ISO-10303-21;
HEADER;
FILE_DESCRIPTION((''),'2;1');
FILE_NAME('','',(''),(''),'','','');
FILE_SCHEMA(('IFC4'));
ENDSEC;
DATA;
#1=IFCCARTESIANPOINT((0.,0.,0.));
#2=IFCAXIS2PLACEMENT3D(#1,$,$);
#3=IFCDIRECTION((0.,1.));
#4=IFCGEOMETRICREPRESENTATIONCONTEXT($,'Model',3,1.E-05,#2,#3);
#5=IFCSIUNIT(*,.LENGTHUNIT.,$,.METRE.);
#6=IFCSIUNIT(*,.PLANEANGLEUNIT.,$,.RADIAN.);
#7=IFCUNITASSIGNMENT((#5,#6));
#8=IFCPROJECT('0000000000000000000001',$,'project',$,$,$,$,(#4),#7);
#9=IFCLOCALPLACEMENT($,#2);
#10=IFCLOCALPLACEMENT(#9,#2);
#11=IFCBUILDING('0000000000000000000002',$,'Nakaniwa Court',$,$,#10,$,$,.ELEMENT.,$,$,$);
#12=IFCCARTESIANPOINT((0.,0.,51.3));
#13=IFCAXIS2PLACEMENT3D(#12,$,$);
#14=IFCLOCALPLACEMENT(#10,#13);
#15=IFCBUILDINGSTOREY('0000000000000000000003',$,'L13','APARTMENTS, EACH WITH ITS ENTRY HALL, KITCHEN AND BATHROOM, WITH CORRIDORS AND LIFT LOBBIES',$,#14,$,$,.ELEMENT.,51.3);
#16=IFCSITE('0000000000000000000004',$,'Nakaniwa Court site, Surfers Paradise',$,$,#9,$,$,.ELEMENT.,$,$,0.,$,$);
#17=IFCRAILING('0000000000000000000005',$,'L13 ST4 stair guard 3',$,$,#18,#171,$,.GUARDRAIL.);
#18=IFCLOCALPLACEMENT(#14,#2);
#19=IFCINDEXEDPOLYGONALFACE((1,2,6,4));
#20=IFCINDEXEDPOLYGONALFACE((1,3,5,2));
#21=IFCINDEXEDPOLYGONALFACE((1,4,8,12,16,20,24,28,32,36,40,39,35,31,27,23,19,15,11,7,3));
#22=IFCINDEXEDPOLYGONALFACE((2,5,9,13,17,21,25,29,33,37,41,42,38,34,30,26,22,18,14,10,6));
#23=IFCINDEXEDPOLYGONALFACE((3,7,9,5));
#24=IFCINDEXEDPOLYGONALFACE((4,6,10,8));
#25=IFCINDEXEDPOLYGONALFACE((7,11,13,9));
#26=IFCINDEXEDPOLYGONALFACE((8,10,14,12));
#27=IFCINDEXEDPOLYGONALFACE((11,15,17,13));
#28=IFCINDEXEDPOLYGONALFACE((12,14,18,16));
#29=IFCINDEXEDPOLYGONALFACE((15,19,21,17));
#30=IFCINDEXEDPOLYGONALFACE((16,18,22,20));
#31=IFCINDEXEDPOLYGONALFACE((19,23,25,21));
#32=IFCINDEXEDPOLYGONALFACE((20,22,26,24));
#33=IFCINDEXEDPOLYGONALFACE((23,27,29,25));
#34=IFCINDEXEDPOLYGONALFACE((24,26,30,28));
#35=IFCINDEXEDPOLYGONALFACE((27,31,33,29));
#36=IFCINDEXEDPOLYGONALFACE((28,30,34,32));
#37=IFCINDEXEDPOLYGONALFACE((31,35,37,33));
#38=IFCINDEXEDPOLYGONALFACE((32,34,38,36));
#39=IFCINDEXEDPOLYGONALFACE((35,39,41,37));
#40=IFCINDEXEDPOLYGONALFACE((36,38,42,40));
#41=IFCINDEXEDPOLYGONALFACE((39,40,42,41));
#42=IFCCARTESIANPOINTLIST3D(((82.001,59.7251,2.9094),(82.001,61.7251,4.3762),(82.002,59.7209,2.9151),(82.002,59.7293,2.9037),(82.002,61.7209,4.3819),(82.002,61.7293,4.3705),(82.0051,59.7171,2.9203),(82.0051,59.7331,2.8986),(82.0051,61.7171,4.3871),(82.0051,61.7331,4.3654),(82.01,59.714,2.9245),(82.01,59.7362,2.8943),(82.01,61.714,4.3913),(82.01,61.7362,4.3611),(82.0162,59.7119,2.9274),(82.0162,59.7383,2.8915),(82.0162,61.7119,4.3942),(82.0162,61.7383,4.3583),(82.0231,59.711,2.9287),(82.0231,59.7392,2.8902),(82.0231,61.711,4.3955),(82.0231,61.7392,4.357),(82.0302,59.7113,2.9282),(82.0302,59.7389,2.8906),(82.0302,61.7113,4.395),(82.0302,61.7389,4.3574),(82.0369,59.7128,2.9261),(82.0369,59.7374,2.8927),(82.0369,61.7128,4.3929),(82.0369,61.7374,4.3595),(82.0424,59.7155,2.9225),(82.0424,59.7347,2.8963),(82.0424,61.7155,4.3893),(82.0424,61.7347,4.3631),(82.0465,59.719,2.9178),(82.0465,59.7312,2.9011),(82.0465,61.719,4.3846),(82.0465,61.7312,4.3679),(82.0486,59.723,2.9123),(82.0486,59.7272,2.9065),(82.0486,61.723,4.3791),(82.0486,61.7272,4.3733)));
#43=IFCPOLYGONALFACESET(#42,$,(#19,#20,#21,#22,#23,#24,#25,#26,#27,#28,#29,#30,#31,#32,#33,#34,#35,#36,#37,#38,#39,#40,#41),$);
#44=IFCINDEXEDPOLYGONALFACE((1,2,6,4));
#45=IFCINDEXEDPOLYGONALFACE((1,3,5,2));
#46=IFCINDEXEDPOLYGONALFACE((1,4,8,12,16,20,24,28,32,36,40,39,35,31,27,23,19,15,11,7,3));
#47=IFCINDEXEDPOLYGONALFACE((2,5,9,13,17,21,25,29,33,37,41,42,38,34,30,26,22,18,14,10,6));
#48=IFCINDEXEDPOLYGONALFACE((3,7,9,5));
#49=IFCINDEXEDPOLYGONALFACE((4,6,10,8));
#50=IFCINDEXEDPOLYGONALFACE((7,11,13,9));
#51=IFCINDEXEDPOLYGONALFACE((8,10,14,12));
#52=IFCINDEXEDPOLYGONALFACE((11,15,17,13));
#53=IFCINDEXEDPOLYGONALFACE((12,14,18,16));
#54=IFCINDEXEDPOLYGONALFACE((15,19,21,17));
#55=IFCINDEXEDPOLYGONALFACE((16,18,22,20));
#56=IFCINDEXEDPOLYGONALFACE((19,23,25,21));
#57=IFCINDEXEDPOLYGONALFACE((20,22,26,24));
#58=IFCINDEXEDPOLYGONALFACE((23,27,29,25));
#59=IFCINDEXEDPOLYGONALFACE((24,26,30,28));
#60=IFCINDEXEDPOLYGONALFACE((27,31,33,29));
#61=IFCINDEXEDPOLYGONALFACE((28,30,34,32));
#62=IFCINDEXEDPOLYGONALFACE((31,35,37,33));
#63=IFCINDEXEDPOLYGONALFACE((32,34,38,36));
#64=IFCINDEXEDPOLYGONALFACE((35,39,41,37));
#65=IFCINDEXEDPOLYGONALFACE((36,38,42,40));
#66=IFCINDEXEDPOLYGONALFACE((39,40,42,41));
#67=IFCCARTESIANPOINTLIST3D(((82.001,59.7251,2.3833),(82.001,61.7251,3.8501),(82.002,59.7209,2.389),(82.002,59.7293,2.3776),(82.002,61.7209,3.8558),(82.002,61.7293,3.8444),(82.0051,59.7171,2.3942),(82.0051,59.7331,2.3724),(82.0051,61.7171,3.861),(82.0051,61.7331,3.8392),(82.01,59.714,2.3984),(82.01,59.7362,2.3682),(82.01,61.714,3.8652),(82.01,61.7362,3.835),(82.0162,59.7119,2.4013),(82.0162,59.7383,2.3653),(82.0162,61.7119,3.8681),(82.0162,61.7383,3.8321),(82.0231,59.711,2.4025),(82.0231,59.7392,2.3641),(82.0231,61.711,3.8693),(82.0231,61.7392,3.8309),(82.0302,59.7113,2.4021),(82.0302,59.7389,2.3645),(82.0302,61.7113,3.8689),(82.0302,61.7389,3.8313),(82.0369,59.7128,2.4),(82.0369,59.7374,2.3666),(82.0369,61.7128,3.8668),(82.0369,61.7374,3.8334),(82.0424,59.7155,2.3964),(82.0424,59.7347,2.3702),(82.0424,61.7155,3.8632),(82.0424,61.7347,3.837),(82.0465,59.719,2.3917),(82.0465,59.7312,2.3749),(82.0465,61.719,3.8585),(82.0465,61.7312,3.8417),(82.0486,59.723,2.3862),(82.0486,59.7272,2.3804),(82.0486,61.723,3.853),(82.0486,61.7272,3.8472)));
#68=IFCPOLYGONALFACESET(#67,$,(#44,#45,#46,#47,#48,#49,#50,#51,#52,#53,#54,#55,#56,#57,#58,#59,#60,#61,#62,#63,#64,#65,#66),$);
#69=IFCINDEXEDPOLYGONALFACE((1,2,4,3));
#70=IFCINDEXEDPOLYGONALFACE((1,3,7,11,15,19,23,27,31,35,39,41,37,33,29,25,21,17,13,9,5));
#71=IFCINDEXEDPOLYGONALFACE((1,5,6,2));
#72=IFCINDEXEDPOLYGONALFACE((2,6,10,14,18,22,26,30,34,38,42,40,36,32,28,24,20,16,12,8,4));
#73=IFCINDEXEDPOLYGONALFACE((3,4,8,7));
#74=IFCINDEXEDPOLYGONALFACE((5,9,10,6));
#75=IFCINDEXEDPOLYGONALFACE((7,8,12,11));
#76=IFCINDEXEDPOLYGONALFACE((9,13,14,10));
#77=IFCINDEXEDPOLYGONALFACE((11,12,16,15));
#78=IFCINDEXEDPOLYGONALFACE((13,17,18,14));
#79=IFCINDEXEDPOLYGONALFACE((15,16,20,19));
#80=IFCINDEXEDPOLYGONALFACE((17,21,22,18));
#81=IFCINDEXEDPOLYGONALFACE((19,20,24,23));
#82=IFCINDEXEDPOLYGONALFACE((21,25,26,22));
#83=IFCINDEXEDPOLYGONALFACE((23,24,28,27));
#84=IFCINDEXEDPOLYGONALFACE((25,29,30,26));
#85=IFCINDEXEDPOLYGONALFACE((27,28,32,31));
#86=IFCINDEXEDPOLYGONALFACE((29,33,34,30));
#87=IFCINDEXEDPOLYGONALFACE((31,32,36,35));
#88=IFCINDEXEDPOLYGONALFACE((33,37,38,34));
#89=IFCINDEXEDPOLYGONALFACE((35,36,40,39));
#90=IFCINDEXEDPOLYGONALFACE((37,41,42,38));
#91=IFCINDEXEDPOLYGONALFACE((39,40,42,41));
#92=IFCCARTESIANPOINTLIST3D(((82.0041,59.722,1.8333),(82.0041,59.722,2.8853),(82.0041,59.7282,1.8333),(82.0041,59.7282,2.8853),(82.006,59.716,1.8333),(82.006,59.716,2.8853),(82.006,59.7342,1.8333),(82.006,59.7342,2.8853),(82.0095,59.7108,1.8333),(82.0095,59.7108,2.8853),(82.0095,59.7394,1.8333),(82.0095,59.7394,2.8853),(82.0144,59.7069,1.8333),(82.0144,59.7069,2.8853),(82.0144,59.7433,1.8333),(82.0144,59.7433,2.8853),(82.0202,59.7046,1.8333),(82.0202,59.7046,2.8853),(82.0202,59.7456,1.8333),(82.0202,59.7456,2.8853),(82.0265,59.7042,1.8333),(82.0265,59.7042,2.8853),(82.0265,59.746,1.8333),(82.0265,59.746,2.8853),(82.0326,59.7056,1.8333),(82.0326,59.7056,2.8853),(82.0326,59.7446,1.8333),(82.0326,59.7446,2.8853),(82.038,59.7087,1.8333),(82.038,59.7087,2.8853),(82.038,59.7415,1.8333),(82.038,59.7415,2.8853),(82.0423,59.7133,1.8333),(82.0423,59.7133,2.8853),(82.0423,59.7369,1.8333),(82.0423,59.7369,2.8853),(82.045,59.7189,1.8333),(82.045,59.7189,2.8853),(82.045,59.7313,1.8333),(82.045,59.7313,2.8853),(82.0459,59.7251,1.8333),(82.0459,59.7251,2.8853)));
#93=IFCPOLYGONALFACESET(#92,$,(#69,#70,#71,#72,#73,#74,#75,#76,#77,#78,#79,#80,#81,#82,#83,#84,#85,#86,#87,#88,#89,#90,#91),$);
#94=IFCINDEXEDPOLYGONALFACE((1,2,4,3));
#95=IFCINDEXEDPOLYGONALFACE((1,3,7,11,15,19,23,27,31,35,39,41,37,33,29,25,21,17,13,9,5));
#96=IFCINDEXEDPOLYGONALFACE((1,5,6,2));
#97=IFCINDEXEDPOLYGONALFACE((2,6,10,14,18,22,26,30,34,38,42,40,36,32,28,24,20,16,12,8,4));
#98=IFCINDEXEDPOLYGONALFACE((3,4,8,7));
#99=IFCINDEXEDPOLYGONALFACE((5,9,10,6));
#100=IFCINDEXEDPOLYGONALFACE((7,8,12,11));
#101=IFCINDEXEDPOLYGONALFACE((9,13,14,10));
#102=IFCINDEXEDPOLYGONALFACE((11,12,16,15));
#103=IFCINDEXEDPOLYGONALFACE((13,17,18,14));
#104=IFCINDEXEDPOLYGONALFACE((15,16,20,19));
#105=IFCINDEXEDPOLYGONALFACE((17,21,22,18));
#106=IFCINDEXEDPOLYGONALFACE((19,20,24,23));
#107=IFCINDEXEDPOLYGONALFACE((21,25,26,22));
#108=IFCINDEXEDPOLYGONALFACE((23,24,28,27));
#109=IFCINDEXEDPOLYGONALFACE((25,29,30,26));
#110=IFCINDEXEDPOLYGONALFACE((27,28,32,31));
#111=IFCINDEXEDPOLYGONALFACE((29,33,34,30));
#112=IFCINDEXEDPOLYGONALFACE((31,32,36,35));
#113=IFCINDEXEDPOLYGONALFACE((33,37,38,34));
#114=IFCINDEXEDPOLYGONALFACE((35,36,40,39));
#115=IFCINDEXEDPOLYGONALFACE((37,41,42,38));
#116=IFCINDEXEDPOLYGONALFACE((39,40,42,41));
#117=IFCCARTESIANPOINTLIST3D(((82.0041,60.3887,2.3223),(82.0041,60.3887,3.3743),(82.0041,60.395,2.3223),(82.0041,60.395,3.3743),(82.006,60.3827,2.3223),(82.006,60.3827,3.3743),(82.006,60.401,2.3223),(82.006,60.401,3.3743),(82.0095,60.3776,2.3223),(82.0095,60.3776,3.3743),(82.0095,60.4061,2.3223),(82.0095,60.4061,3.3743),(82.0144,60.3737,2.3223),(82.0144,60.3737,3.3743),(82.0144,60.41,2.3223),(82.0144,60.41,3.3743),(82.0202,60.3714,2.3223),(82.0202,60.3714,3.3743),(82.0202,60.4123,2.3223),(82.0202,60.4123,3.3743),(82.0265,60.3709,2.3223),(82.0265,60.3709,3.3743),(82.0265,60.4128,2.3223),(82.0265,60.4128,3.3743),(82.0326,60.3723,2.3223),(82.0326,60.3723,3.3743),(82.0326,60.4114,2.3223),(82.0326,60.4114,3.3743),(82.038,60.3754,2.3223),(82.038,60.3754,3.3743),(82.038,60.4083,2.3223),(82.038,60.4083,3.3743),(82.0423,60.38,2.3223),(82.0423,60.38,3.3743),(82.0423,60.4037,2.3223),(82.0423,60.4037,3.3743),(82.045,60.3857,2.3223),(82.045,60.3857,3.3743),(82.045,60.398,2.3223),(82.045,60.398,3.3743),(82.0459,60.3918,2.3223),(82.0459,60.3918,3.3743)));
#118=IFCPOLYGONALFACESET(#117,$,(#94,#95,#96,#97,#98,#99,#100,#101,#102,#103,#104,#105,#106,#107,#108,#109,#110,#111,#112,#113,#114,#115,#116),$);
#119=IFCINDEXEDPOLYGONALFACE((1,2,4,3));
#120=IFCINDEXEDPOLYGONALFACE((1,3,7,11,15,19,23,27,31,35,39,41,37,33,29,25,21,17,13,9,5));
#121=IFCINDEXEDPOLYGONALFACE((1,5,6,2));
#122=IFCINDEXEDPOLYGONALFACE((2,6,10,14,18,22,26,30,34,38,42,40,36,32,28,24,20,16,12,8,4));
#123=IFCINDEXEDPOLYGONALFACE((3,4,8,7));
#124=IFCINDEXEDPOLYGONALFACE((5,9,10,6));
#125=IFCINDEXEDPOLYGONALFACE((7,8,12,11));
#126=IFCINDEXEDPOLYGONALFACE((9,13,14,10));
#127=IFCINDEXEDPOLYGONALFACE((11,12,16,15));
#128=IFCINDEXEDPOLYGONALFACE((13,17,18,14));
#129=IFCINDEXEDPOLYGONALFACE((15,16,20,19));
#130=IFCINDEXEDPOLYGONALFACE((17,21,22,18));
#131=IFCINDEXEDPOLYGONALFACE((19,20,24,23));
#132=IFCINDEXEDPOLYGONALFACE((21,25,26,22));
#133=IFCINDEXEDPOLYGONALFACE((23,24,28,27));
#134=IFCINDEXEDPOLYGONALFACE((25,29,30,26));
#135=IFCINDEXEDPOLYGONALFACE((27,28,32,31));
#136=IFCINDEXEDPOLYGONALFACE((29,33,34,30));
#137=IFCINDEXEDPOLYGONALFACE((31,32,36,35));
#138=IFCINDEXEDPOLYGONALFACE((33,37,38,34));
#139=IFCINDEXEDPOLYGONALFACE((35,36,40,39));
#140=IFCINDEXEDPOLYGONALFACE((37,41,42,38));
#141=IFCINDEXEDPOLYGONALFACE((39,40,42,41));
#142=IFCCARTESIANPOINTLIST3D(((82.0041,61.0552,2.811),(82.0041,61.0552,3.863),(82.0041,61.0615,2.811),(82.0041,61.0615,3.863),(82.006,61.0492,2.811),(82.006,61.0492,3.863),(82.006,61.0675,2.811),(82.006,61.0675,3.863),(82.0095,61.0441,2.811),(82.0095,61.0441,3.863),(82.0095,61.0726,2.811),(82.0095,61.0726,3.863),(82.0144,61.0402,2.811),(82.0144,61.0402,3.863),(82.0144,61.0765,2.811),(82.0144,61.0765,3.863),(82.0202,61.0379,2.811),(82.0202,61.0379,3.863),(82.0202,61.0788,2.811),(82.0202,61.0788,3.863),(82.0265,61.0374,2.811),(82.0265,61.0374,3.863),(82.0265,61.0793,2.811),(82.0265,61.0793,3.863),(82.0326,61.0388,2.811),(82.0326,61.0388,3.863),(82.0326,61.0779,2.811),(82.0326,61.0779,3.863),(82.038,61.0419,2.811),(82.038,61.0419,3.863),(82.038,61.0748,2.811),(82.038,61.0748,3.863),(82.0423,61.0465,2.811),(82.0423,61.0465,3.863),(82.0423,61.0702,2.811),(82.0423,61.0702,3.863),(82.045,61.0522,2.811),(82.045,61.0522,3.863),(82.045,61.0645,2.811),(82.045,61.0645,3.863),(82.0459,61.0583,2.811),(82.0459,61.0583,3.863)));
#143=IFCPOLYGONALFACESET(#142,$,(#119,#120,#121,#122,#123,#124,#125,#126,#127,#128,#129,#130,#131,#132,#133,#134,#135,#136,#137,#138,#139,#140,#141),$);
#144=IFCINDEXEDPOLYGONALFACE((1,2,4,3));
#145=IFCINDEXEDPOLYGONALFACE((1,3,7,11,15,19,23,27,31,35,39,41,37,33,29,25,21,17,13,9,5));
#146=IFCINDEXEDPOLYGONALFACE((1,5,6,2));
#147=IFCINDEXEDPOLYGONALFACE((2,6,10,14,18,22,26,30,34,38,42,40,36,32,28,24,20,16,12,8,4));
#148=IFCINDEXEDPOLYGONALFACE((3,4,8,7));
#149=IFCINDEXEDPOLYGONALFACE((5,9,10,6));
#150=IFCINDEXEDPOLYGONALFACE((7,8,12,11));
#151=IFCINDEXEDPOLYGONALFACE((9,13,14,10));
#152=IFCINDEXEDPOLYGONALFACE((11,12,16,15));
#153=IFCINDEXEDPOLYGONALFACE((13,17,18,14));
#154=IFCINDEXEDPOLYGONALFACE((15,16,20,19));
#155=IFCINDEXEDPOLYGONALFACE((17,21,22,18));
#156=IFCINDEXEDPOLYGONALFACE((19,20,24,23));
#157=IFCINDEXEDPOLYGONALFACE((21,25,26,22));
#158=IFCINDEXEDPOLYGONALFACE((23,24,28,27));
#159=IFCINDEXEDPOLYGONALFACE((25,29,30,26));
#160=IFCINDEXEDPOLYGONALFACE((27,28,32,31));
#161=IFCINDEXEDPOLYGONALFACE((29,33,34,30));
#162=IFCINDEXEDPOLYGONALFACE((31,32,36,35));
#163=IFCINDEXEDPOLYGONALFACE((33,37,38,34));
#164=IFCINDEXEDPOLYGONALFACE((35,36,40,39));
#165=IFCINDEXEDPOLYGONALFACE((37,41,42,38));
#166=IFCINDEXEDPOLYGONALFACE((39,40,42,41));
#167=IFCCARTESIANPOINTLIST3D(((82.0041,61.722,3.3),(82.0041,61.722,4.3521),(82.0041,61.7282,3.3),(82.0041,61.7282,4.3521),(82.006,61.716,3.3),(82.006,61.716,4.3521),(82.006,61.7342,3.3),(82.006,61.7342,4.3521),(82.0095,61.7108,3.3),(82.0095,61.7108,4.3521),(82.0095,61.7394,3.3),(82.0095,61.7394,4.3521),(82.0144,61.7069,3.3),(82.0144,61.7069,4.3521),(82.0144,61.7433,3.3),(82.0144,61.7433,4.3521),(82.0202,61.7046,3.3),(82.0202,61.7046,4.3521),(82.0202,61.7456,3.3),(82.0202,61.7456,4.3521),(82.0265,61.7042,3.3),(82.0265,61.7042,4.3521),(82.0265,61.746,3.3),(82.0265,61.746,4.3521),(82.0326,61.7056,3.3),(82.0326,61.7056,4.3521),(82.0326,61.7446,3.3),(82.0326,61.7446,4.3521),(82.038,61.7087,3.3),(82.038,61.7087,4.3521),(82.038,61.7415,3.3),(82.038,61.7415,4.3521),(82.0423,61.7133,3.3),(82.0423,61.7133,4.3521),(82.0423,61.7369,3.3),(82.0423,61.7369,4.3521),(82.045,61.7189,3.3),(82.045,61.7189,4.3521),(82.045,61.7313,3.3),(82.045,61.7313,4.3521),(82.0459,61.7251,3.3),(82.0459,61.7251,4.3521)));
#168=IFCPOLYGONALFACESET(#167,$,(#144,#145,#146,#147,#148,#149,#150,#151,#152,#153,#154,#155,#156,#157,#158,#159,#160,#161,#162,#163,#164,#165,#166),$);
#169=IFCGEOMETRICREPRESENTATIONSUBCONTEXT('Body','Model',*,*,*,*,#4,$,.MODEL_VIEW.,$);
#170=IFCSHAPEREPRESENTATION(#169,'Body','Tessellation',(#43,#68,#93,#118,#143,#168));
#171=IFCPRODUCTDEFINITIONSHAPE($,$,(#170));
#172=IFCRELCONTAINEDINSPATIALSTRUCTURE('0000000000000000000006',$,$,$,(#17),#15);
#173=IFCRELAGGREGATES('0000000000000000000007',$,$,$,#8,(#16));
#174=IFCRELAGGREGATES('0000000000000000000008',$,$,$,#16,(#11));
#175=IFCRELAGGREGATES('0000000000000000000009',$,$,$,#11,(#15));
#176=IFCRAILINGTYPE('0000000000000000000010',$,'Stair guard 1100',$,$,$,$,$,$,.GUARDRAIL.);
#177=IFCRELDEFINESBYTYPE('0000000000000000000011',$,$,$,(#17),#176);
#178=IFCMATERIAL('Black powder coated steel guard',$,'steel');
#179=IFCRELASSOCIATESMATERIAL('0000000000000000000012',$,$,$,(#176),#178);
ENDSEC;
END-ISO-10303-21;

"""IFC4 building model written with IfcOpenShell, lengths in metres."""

from ifc_helpers import new_model, si_unit, direction, frame, origin, origin_2d, place, context, subcontext, project, spatial, circle, extrude, material, type_object, element, save


model = new_model("IFC4")

# Units and contexts
model_context = context("Model", 3, precision=1e-05, world=origin(), true_north=direction((0.0, 1.0)))
body_context = subcontext(model_context, "Body", "Model", "MODEL_VIEW")
ifc_project = project(units=[si_unit("LENGTHUNIT", "METRE"), si_unit("PLANEANGLEUNIT", "RADIAN")], contexts=[model_context])

# Site, building, storey
site_placement = place(None, origin())
site = spatial("IfcSite", under=ifc_project, at=site_placement, Name="Nakaniwa Court site, Surfers Paradise", CompositionType="ELEMENT", RefElevation=0.0)
building_placement = place(site_placement, origin())
building = spatial("IfcBuilding", under=site, at=building_placement, Name="Nakaniwa Court", CompositionType="ELEMENT")
storey_placement = place(building_placement, frame((0.0, 0.0, 51.3)))
storey = spatial("IfcBuildingStorey", under=building, at=storey_placement, Name="L13", Description="APARTMENTS, EACH WITH ITS ENTRY HALL, KITCHEN AND BATHROOM, WITH CORRIDORS AND LIFT LOBBIES", CompositionType="ELEMENT", Elevation=51.3)

# Railing
ifc_material_1 = material(Name="Black powder coated steel guard", Category="steel")
railing_type_1 = type_object("IfcRailingType", Name="Stair guard 1100", PredefinedType="GUARDRAIL", material=ifc_material_1)
railing_1_placement = place(storey_placement, frame((82.0249, 59.7251, 1.8333)))
element("IfcRailing", 1, at=railing_1_placement, inside=storey, type_object=railing_type_1, Name="L13 ST4 stair guard 3", PredefinedType="GUARDRAIL", context=body_context, shape_type="SweptSolid", body=[
    extrude(circle(Radius=0.0239, at=origin_2d()), frame((0.0, 0.0, 1.0762), z_axis=(0.0, 0.80638, 0.591398), x_axis=(-1.0, 0.0, 0.0)), (0.0, 0.0, 1.0), 2.4802),
    extrude(circle(Radius=0.0239, at=origin_2d()), frame((0.0, 0.0, 0.55), z_axis=(0.0, 0.80638, 0.591398), x_axis=(-1.0, 0.0, 0.0)), (0.0, 0.0, 1.0), 2.4802),
    extrude(circle(Radius=0.021, at=origin_2d()), origin(), (0.0, 0.0, 1.0), 1.052),
    extrude(circle(Radius=0.021, at=origin_2d()), frame((0.0, 0.6667, 0.489)), (0.0, 0.0, 1.0), 1.052),
    extrude(circle(Radius=0.021, at=origin_2d()), frame((0.0, 1.3333, 0.9778)), (0.0, 0.0, 1.0), 1.052),
    extrude(circle(Radius=0.021, at=origin_2d()), frame((0.0, 2.0, 1.4668)), (0.0, 0.0, 1.0), 1.052),
])

save(model, "model.ifc")
